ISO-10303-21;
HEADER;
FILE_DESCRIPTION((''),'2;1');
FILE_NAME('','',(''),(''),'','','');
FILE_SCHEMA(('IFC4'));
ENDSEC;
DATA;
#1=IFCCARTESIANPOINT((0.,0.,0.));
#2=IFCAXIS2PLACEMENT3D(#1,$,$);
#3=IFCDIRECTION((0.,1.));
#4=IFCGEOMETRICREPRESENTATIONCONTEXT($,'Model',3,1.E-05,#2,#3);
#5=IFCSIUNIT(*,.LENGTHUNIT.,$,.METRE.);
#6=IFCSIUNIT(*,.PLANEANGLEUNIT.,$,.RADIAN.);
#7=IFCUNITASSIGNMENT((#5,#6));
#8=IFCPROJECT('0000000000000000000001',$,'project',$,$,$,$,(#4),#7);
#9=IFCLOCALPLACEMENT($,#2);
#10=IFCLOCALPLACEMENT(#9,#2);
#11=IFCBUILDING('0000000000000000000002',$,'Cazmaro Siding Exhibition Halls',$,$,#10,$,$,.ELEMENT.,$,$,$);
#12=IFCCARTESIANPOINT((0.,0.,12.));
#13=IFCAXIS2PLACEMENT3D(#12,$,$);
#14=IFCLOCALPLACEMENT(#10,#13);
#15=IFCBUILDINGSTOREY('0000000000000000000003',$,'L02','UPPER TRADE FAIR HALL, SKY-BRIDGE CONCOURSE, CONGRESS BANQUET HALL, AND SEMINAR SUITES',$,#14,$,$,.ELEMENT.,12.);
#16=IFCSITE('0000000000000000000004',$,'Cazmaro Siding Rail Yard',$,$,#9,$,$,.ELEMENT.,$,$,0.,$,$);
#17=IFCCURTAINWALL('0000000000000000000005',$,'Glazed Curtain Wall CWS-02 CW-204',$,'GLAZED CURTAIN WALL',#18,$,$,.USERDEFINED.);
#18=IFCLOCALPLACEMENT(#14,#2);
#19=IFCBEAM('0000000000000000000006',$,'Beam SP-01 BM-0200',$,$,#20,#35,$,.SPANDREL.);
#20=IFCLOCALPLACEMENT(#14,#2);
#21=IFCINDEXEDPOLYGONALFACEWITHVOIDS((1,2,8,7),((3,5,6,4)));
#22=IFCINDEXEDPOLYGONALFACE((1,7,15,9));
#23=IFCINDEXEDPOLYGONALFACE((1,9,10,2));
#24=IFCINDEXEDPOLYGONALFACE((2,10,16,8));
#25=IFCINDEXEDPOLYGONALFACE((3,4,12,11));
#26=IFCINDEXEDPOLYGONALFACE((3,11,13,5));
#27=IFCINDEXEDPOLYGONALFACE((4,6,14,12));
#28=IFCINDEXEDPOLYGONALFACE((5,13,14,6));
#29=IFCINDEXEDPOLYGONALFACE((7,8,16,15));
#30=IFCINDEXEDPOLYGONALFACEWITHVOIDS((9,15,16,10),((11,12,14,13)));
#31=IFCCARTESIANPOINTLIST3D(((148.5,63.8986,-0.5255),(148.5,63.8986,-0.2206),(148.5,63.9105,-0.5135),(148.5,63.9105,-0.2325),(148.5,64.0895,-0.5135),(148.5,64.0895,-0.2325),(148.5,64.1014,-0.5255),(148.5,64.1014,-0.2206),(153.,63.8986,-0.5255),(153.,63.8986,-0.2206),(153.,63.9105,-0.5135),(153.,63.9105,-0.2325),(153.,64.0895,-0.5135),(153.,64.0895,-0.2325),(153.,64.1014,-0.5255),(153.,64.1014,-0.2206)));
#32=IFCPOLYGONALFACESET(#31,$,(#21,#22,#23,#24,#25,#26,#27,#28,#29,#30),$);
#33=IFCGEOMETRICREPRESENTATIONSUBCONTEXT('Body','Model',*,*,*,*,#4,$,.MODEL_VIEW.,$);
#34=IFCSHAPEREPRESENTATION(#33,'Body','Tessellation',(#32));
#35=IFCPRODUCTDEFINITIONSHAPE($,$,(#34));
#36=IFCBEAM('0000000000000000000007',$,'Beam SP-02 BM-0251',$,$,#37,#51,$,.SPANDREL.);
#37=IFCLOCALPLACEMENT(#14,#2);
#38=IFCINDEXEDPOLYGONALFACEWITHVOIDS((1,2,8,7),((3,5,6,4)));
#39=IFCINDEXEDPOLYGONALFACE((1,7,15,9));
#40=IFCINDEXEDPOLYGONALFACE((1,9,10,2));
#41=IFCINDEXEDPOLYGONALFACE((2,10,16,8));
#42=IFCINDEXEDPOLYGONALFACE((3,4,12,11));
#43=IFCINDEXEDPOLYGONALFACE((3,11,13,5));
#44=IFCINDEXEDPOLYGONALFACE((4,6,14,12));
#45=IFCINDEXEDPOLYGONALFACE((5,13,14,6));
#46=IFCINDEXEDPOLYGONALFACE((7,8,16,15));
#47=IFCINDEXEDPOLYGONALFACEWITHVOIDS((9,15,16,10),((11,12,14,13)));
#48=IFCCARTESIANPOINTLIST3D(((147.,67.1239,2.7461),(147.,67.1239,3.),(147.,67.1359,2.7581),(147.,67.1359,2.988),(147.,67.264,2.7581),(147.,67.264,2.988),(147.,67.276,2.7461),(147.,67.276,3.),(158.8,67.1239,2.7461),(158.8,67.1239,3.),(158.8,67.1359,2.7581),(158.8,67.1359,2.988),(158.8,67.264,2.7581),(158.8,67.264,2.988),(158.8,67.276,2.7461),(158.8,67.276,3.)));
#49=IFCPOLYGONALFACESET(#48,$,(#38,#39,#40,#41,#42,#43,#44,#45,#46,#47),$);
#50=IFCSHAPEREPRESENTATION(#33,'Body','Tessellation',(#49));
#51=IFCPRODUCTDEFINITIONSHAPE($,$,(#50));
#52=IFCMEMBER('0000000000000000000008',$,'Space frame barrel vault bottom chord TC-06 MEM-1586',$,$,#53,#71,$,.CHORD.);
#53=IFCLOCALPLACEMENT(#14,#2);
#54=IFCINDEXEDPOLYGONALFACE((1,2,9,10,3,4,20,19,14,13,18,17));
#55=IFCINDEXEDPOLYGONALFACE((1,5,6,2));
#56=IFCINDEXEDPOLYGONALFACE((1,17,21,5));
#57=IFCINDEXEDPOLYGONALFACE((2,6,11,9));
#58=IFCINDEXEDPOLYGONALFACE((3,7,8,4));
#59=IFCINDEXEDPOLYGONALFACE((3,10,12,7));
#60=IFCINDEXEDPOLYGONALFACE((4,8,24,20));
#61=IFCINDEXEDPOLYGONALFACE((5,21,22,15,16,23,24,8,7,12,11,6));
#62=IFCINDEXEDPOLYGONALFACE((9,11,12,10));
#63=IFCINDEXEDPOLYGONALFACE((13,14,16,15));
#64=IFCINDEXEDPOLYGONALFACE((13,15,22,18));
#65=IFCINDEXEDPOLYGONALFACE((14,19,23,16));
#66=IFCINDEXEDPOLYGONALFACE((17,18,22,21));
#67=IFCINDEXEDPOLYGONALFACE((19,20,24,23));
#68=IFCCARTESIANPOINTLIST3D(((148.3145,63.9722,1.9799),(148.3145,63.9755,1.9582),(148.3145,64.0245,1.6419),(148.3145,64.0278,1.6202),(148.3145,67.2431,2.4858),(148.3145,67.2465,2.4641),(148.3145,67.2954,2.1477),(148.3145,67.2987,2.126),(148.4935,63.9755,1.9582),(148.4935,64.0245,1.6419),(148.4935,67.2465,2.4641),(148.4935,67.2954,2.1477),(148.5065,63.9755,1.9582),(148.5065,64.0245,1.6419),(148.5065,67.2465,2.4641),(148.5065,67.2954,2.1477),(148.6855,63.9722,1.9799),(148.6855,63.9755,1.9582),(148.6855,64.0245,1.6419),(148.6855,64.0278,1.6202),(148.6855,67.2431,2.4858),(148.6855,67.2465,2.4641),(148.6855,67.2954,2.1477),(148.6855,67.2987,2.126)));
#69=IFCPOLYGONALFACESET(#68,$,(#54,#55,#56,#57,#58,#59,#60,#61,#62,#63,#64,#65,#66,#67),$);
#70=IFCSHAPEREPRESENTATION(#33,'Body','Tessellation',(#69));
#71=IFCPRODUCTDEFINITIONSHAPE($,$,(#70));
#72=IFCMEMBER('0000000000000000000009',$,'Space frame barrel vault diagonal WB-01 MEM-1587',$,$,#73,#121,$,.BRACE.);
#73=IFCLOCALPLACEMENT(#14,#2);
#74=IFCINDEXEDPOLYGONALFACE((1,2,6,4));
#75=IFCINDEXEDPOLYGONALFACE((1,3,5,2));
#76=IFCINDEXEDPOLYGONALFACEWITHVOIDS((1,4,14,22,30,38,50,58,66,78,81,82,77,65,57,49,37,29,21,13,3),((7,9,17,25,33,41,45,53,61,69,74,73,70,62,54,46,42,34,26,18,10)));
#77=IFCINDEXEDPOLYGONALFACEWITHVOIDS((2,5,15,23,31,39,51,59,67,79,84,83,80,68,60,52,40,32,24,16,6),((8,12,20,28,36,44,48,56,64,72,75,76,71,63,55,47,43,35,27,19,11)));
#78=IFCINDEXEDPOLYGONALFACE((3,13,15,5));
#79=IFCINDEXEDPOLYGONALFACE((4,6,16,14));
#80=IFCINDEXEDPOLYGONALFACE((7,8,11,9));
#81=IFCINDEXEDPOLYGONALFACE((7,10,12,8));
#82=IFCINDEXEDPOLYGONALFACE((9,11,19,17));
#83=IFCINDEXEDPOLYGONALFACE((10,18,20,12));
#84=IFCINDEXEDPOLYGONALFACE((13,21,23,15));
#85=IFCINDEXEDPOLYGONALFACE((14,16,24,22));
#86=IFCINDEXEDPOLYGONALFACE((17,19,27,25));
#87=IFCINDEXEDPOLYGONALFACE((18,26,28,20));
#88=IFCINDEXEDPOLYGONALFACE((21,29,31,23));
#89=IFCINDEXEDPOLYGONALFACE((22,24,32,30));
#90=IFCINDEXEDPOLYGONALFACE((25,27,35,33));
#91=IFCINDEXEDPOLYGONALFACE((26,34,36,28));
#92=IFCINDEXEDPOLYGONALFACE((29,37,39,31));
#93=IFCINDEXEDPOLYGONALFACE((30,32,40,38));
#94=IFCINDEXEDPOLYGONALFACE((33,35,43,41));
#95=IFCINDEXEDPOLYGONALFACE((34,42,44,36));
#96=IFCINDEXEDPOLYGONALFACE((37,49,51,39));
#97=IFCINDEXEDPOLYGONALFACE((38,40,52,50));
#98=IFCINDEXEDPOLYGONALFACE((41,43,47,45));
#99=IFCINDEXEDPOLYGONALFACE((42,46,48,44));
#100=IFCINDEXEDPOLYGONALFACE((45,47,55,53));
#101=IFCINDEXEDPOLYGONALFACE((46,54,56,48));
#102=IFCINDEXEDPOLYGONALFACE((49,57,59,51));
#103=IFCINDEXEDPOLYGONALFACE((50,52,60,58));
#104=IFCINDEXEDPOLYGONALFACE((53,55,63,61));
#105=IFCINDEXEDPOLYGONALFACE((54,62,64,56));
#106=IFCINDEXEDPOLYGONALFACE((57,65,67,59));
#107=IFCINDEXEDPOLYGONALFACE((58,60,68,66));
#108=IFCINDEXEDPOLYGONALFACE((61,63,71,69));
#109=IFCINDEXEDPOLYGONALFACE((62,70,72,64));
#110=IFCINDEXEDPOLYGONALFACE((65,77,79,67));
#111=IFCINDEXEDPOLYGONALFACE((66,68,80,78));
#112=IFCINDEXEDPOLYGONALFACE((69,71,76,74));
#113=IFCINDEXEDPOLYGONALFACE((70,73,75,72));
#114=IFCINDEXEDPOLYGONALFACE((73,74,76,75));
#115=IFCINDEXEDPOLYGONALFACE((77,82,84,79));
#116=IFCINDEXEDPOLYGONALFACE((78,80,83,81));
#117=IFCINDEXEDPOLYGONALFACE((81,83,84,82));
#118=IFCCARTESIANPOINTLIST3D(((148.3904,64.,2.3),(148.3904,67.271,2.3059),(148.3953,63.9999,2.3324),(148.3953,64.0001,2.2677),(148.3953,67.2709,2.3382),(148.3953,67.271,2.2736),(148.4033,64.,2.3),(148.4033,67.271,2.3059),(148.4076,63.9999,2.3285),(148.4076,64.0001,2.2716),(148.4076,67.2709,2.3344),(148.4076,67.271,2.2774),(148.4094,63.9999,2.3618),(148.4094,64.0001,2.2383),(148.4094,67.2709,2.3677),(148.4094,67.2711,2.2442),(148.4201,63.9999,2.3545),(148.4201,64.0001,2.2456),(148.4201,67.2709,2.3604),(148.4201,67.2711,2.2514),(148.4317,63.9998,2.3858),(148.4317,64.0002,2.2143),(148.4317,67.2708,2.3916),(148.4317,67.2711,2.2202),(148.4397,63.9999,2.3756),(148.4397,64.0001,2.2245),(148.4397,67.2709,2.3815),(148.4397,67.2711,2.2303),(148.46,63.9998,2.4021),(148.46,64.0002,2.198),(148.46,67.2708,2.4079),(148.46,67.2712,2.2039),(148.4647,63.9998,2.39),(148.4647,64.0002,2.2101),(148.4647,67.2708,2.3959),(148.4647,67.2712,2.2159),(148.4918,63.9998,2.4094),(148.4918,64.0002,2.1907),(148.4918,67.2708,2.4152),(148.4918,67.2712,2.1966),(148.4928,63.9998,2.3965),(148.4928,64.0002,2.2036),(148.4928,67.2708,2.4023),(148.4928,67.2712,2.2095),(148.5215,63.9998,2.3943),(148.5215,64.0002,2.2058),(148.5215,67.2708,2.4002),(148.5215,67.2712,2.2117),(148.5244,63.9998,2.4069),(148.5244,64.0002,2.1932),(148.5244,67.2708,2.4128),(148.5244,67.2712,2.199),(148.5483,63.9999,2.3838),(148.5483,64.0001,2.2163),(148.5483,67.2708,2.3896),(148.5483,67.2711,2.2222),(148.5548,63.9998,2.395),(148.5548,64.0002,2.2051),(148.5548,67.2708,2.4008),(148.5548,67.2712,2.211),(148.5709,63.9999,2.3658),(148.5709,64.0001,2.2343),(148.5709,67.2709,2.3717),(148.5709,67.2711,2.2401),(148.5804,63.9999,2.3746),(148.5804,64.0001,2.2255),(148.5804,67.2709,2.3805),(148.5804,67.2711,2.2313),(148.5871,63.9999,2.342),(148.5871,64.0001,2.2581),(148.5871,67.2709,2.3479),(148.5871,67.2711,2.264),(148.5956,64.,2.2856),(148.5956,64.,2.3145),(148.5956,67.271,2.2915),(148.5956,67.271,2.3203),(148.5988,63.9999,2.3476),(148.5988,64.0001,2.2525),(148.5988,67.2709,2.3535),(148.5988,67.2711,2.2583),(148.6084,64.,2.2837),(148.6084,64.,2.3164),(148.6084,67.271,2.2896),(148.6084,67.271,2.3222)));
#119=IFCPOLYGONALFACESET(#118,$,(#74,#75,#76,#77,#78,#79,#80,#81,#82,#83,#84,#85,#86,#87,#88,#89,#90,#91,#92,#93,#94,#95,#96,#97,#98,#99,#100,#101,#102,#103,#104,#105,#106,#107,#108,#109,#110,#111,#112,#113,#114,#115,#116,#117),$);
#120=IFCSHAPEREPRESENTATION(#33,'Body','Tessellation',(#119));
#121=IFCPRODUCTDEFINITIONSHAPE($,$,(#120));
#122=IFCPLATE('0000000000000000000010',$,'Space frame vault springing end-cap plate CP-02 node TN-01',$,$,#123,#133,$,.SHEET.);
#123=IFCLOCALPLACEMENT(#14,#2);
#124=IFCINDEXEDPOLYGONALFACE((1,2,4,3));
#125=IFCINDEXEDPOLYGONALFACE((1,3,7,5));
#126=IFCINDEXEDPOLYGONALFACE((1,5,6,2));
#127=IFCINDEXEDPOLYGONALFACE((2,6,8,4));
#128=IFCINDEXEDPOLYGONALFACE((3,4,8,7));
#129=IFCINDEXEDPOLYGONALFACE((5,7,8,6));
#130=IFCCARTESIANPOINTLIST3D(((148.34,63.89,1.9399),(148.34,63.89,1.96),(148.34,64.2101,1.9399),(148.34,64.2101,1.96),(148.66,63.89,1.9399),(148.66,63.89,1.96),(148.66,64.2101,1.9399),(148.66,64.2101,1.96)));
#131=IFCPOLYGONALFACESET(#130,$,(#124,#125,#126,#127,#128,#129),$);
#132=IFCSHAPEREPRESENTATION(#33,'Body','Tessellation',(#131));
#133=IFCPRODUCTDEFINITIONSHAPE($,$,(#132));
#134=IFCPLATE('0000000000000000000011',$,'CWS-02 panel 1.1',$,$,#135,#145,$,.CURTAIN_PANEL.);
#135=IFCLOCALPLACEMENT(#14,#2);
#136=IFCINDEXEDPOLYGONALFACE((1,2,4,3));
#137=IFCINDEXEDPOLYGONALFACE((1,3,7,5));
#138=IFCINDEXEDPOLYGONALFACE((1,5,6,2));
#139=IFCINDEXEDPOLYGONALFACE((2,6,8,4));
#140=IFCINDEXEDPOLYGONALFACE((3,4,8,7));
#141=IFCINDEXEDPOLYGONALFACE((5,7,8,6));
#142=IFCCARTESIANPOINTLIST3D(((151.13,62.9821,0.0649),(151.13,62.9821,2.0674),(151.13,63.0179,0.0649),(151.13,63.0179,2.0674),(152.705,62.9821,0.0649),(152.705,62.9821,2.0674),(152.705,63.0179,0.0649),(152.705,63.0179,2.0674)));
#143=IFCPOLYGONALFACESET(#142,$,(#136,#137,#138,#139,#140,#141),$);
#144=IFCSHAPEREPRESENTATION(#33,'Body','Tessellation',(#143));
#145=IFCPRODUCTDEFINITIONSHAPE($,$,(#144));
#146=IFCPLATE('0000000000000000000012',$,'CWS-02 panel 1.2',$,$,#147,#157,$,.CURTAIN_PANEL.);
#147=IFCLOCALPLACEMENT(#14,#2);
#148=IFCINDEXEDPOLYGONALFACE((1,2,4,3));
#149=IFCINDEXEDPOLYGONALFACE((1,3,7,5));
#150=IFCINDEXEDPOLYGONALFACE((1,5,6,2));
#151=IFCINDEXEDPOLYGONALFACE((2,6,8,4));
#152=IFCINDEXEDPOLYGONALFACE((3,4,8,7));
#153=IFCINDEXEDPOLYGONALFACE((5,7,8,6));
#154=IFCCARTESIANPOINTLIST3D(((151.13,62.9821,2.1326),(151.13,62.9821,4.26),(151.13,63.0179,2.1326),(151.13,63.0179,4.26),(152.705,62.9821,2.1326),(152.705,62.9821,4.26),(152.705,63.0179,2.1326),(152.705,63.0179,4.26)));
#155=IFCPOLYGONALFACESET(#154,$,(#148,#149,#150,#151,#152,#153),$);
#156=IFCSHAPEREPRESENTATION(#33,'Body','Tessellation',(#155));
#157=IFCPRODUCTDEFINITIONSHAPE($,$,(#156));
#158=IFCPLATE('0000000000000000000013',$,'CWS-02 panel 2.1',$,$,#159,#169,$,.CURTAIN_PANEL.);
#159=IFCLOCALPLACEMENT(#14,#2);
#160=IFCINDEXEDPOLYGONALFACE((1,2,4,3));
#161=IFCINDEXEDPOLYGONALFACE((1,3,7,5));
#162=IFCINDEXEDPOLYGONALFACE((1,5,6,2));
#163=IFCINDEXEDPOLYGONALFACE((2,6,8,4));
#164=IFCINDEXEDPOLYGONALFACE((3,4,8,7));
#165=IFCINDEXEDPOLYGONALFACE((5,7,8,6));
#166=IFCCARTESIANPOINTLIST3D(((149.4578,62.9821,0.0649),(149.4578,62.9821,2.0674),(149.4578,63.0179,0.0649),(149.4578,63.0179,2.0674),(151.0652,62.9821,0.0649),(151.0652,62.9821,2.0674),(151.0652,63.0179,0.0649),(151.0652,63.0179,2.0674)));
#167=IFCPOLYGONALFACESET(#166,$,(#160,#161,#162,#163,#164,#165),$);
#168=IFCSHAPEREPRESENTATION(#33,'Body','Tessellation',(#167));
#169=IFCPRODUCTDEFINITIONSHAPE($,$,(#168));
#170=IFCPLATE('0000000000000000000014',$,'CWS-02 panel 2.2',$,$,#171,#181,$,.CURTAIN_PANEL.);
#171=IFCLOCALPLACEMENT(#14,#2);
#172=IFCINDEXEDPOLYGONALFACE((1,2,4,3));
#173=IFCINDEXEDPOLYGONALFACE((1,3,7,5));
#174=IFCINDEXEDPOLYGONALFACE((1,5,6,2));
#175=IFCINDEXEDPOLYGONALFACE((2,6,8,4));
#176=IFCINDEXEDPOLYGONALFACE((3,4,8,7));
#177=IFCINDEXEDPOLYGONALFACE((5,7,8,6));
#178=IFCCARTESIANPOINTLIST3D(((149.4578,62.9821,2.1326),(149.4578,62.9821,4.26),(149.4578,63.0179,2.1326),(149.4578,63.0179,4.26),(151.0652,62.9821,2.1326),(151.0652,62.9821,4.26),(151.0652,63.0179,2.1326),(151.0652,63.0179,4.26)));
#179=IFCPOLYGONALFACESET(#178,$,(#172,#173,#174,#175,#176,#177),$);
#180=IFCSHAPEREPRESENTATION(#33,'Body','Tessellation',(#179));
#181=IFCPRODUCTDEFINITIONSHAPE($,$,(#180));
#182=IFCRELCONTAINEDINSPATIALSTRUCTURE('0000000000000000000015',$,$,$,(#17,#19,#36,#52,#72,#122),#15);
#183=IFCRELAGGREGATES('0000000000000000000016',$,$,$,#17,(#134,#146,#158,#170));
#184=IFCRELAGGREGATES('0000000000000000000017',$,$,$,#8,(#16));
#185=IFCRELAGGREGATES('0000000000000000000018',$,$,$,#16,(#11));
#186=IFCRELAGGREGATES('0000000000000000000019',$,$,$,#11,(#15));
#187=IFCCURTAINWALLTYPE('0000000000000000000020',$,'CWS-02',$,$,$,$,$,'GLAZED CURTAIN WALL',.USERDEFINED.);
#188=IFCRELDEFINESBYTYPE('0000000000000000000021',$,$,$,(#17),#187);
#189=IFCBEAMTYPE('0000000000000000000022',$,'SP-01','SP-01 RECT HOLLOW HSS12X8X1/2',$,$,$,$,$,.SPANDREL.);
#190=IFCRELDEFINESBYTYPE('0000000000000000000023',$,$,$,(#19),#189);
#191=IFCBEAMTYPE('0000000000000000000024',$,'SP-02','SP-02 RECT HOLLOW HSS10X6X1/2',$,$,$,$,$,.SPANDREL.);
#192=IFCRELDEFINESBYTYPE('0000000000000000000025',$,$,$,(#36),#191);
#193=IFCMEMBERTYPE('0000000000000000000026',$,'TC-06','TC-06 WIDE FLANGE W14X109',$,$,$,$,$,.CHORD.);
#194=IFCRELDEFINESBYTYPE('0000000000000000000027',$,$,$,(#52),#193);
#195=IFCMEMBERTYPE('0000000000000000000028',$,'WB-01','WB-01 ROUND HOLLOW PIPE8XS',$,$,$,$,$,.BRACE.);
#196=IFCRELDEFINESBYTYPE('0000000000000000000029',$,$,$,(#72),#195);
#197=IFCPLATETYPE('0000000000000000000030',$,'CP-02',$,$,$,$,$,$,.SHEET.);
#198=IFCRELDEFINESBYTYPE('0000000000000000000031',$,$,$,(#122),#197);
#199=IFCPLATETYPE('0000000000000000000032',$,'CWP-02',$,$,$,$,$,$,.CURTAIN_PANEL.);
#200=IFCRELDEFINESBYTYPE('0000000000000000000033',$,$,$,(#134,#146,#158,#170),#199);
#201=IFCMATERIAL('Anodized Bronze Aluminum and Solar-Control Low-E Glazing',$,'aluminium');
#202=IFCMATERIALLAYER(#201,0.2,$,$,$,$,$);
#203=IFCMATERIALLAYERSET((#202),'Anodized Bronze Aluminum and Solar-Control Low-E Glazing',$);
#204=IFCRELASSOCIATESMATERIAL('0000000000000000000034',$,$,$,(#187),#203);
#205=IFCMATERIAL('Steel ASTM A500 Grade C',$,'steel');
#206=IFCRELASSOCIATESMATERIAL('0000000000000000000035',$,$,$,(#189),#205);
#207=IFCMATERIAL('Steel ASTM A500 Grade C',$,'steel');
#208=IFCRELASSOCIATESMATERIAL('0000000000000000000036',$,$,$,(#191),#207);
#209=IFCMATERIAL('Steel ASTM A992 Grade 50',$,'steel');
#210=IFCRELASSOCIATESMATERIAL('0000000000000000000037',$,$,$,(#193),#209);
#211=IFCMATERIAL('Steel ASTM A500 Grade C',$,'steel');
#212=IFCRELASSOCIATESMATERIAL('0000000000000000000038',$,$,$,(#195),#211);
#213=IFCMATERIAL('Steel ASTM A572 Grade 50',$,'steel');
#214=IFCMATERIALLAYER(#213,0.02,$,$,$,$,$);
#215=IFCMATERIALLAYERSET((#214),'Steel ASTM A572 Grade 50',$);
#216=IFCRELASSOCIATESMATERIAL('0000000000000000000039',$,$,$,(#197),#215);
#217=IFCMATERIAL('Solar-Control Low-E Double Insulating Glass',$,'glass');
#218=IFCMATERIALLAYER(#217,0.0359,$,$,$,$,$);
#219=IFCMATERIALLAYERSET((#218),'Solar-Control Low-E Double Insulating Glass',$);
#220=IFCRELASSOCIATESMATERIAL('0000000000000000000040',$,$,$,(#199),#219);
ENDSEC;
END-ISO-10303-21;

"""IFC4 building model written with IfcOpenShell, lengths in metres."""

from ifc_helpers import new_model, si_unit, direction, frame, origin, origin_2d, place, context, subcontext, project, spatial, rectangle, hollow_rectangle, hollow_circle, i_section, extrude, material, layer, layer_set, material_profile, profile_set, type_object, element, aggregate, save


model = new_model("IFC4")

# Units and contexts
model_context = context("Model", 3, precision=1e-05, world=origin(), true_north=direction((0.0, 1.0)))
body_context = subcontext(model_context, "Body", "Model", "MODEL_VIEW")
ifc_project = project(units=[si_unit("LENGTHUNIT", "METRE"), si_unit("PLANEANGLEUNIT", "RADIAN")], contexts=[model_context])

# Site, building, storey
site_placement = place(None, origin())
site = spatial("IfcSite", under=ifc_project, at=site_placement, Name="Cazmaro Siding Rail Yard", CompositionType="ELEMENT", RefElevation=0.0)
building_placement = place(site_placement, origin())
building = spatial("IfcBuilding", under=site, at=building_placement, Name="Cazmaro Siding Exhibition Halls", CompositionType="ELEMENT")
storey_placement = place(building_placement, frame((0.0, 0.0, 12.0)))
storey = spatial("IfcBuildingStorey", under=building, at=storey_placement, Name="L02", Description="UPPER TRADE FAIR HALL, SKY-BRIDGE CONCOURSE, CONGRESS BANQUET HALL, AND SEMINAR SUITES", CompositionType="ELEMENT", Elevation=12.0)

# Curtain wall
ifc_material_1 = material(Name="Anodized Bronze Aluminum and Solar-Control Low-E Glazing", Category="aluminium")
ifc_layer_1 = layer(ifc_material_1, 0.2)
ifc_layer_set_1 = layer_set([ifc_layer_1], Name="Anodized Bronze Aluminum and Solar-Control Low-E Glazing")
curtain_wall_type = type_object("IfcCurtainWallType", Name="CWS-02", ElementType="GLAZED CURTAIN WALL", PredefinedType="USERDEFINED", material=ifc_layer_set_1)
curtain_wall_placement = place(storey_placement, origin())
curtain_wall = element("IfcCurtainWall", 1, at=curtain_wall_placement, inside=storey, type_object=curtain_wall_type, Name="Glazed Curtain Wall CWS-02 CW-204", ObjectType="GLAZED CURTAIN WALL", PredefinedType="USERDEFINED")

# Beams
ifc_material_2 = material(Name="Steel ASTM A500 Grade C", Category="steel")
ifc_material_profile_1 = material_profile(ifc_material_2, hollow_rectangle(XDim=0.2029, YDim=0.3049, WallThickness=0.012, at=origin_2d()), Name="HSS12X8X1/2")
ifc_profile_set_1 = profile_set([ifc_material_profile_1], Name="Steel ASTM A500 Grade C")
beam_type_1 = type_object("IfcBeamType", Name="SP-01", Description="SP-01 RECT HOLLOW HSS12X8X1/2", PredefinedType="SPANDREL", material=ifc_profile_set_1)
beam_1_placement = place(storey_placement, frame((148.5, 64.0, -0.373), z_axis=(1.0, 0.0, 0.0), x_axis=(0.0, 1.0, 0.0)))
element("IfcBeam", 2, at=beam_1_placement, inside=storey, type_object=beam_type_1, Name="Beam SP-01 BM-0200", PredefinedType="SPANDREL", context=body_context, shape_type="SweptSolid", body=[
    extrude(hollow_rectangle(XDim=0.2029, YDim=0.3049, WallThickness=0.012, at=origin_2d()), origin(), (0.0, 0.0, 1.0), 4.5),
])
ifc_material_3 = material(Name="Steel ASTM A500 Grade C", Category="steel")
ifc_material_profile_2 = material_profile(ifc_material_3, hollow_rectangle(XDim=0.1521, YDim=0.2539, WallThickness=0.012, at=origin_2d()), Name="HSS10X6X1/2")
ifc_profile_set_2 = profile_set([ifc_material_profile_2], Name="Steel ASTM A500 Grade C")
beam_type_2 = type_object("IfcBeamType", Name="SP-02", Description="SP-02 RECT HOLLOW HSS10X6X1/2", PredefinedType="SPANDREL", material=ifc_profile_set_2)
beam_2_placement = place(storey_placement, frame((147.0, 67.2, 2.873), z_axis=(1.0, 0.0, 0.0), x_axis=(0.0, 1.0, 0.0)))
element("IfcBeam", 3, at=beam_2_placement, inside=storey, type_object=beam_type_2, Name="Beam SP-02 BM-0251", PredefinedType="SPANDREL", context=body_context, shape_type="SweptSolid", body=[
    extrude(hollow_rectangle(XDim=0.1521, YDim=0.2539, WallThickness=0.012, at=origin_2d()), origin(), (0.0, 0.0, 1.0), 11.8),
])

# Members
ifc_material_4 = material(Name="Steel ASTM A992 Grade 50", Category="steel")
ifc_material_profile_3 = material_profile(ifc_material_4, i_section(OverallWidth=0.3711, OverallDepth=0.364, WebThickness=0.0129, FlangeThickness=0.022, at=origin_2d()), Name="W14X109")
ifc_profile_set_3 = profile_set([ifc_material_profile_3], Name="Steel ASTM A992 Grade 50")
member_type_1 = type_object("IfcMemberType", Name="TC-06", Description="TC-06 WIDE FLANGE W14X109", PredefinedType="CHORD", material=ifc_profile_set_3)
member_1_placement = place(storey_placement, frame((148.5, 64.0, 1.8), z_axis=(0.0, 0.988252, 0.152833), x_axis=(-1.0, 0.0, 0.0)))
element("IfcMember", 4, at=member_1_placement, inside=storey, type_object=member_type_1, Name="Space frame barrel vault bottom chord TC-06 MEM-1586", PredefinedType="CHORD", context=body_context, shape_type="SweptSolid", body=[
    extrude(i_section(OverallWidth=0.3711, OverallDepth=0.364, WebThickness=0.0129, FlangeThickness=0.022, at=origin_2d()), origin(), (0.0, 0.0, 1.0), 3.3098),
])
ifc_material_5 = material(Name="Steel ASTM A500 Grade C", Category="steel")
ifc_material_profile_4 = material_profile(ifc_material_5, hollow_circle(Radius=0.1096, WallThickness=0.0129, at=origin_2d()), Name="PIPE8XS")
ifc_profile_set_4 = profile_set([ifc_material_profile_4], Name="Steel ASTM A500 Grade C")
member_type_2 = type_object("IfcMemberType", Name="WB-01", Description="WB-01 ROUND HOLLOW PIPE8XS", PredefinedType="BRACE", material=ifc_profile_set_4)
member_2_placement = place(storey_placement, frame((148.5, 64.0, 2.3), z_axis=(0.0, 0.999998, 0.001791), x_axis=(-1.0, 0.0, 0.0)))
element("IfcMember", 5, at=member_2_placement, inside=storey, type_object=member_type_2, Name="Space frame barrel vault diagonal WB-01 MEM-1587", PredefinedType="BRACE", context=body_context, shape_type="SweptSolid", body=[
    extrude(hollow_circle(Radius=0.1096, WallThickness=0.0129, at=origin_2d()), origin(), (0.0, 0.0, 1.0), 3.271),
])

# Plates
ifc_material_6 = material(Name="Steel ASTM A572 Grade 50", Category="steel")
ifc_layer_2 = layer(ifc_material_6, 0.02)
ifc_layer_set_2 = layer_set([ifc_layer_2], Name="Steel ASTM A572 Grade 50")
plate_type_1 = type_object("IfcPlateType", Name="CP-02", PredefinedType="SHEET", material=ifc_layer_set_2)
plate_1_placement = place(storey_placement, frame((148.5, 64.05, 1.9399), z_axis=(0.0, 0.0, 1.0), x_axis=(1.0, 0.0, 0.0)))
element("IfcPlate", 6, at=plate_1_placement, inside=storey, type_object=plate_type_1, Name="Space frame vault springing end-cap plate CP-02 node TN-01", PredefinedType="SHEET", context=body_context, shape_type="SweptSolid", body=[
    extrude(rectangle(XDim=0.3201, YDim=0.3201, at=origin_2d()), origin(), (0.0, 0.0, 1.0), 0.02),
])
ifc_material_7 = material(Name="Solar-Control Low-E Double Insulating Glass", Category="glass")
ifc_layer_3 = layer(ifc_material_7, 0.0359)
ifc_layer_set_3 = layer_set([ifc_layer_3], Name="Solar-Control Low-E Double Insulating Glass")
plate_type_2 = type_object("IfcPlateType", Name="CWP-02", PredefinedType="CURTAIN_PANEL", material=ifc_layer_set_3)
plate_2_placement = place(storey_placement, frame((151.9175, 63.0, 0.0649), z_axis=(0.0, 0.0, 1.0), x_axis=(-1.0, 0.0, 0.0)))
plate_2 = element("IfcPlate", 7, at=plate_2_placement, type_object=plate_type_2, Name="CWS-02 panel 1.1", PredefinedType="CURTAIN_PANEL", context=body_context, shape_type="SweptSolid", body=[
    extrude(rectangle(XDim=1.575, YDim=0.0359, at=origin_2d()), origin(), (0.0, 0.0, 1.0), 2.0024),
])
plate_3_placement = place(storey_placement, frame((151.9175, 63.0, 2.1326), z_axis=(0.0, 0.0, 1.0), x_axis=(-1.0, 0.0, 0.0)))
plate_3 = element("IfcPlate", 8, at=plate_3_placement, type_object=plate_type_2, Name="CWS-02 panel 1.2", PredefinedType="CURTAIN_PANEL", context=body_context, shape_type="SweptSolid", body=[
    extrude(rectangle(XDim=1.575, YDim=0.0359, at=origin_2d()), origin(), (0.0, 0.0, 1.0), 2.1274),
])
plate_4_placement = place(storey_placement, frame((150.2615, 63.0, 0.0649), z_axis=(0.0, 0.0, 1.0), x_axis=(-1.0, 0.0, 0.0)))
plate_4 = element("IfcPlate", 9, at=plate_4_placement, type_object=plate_type_2, Name="CWS-02 panel 2.1", PredefinedType="CURTAIN_PANEL", context=body_context, shape_type="SweptSolid", body=[
    extrude(rectangle(XDim=1.6074, YDim=0.0359, at=origin_2d()), origin(), (0.0, 0.0, 1.0), 2.0024),
])
plate_5_placement = place(storey_placement, frame((150.2615, 63.0, 2.1326), z_axis=(0.0, 0.0, 1.0), x_axis=(-1.0, 0.0, 0.0)))
plate_5 = element("IfcPlate", 10, at=plate_5_placement, type_object=plate_type_2, Name="CWS-02 panel 2.2", PredefinedType="CURTAIN_PANEL", context=body_context, shape_type="SweptSolid", body=[
    extrude(rectangle(XDim=1.6074, YDim=0.0359, at=origin_2d()), origin(), (0.0, 0.0, 1.0), 2.1274),
])
aggregate(curtain_wall, [plate_2, plate_3, plate_4, plate_5])

save(model, "model.ifc")
